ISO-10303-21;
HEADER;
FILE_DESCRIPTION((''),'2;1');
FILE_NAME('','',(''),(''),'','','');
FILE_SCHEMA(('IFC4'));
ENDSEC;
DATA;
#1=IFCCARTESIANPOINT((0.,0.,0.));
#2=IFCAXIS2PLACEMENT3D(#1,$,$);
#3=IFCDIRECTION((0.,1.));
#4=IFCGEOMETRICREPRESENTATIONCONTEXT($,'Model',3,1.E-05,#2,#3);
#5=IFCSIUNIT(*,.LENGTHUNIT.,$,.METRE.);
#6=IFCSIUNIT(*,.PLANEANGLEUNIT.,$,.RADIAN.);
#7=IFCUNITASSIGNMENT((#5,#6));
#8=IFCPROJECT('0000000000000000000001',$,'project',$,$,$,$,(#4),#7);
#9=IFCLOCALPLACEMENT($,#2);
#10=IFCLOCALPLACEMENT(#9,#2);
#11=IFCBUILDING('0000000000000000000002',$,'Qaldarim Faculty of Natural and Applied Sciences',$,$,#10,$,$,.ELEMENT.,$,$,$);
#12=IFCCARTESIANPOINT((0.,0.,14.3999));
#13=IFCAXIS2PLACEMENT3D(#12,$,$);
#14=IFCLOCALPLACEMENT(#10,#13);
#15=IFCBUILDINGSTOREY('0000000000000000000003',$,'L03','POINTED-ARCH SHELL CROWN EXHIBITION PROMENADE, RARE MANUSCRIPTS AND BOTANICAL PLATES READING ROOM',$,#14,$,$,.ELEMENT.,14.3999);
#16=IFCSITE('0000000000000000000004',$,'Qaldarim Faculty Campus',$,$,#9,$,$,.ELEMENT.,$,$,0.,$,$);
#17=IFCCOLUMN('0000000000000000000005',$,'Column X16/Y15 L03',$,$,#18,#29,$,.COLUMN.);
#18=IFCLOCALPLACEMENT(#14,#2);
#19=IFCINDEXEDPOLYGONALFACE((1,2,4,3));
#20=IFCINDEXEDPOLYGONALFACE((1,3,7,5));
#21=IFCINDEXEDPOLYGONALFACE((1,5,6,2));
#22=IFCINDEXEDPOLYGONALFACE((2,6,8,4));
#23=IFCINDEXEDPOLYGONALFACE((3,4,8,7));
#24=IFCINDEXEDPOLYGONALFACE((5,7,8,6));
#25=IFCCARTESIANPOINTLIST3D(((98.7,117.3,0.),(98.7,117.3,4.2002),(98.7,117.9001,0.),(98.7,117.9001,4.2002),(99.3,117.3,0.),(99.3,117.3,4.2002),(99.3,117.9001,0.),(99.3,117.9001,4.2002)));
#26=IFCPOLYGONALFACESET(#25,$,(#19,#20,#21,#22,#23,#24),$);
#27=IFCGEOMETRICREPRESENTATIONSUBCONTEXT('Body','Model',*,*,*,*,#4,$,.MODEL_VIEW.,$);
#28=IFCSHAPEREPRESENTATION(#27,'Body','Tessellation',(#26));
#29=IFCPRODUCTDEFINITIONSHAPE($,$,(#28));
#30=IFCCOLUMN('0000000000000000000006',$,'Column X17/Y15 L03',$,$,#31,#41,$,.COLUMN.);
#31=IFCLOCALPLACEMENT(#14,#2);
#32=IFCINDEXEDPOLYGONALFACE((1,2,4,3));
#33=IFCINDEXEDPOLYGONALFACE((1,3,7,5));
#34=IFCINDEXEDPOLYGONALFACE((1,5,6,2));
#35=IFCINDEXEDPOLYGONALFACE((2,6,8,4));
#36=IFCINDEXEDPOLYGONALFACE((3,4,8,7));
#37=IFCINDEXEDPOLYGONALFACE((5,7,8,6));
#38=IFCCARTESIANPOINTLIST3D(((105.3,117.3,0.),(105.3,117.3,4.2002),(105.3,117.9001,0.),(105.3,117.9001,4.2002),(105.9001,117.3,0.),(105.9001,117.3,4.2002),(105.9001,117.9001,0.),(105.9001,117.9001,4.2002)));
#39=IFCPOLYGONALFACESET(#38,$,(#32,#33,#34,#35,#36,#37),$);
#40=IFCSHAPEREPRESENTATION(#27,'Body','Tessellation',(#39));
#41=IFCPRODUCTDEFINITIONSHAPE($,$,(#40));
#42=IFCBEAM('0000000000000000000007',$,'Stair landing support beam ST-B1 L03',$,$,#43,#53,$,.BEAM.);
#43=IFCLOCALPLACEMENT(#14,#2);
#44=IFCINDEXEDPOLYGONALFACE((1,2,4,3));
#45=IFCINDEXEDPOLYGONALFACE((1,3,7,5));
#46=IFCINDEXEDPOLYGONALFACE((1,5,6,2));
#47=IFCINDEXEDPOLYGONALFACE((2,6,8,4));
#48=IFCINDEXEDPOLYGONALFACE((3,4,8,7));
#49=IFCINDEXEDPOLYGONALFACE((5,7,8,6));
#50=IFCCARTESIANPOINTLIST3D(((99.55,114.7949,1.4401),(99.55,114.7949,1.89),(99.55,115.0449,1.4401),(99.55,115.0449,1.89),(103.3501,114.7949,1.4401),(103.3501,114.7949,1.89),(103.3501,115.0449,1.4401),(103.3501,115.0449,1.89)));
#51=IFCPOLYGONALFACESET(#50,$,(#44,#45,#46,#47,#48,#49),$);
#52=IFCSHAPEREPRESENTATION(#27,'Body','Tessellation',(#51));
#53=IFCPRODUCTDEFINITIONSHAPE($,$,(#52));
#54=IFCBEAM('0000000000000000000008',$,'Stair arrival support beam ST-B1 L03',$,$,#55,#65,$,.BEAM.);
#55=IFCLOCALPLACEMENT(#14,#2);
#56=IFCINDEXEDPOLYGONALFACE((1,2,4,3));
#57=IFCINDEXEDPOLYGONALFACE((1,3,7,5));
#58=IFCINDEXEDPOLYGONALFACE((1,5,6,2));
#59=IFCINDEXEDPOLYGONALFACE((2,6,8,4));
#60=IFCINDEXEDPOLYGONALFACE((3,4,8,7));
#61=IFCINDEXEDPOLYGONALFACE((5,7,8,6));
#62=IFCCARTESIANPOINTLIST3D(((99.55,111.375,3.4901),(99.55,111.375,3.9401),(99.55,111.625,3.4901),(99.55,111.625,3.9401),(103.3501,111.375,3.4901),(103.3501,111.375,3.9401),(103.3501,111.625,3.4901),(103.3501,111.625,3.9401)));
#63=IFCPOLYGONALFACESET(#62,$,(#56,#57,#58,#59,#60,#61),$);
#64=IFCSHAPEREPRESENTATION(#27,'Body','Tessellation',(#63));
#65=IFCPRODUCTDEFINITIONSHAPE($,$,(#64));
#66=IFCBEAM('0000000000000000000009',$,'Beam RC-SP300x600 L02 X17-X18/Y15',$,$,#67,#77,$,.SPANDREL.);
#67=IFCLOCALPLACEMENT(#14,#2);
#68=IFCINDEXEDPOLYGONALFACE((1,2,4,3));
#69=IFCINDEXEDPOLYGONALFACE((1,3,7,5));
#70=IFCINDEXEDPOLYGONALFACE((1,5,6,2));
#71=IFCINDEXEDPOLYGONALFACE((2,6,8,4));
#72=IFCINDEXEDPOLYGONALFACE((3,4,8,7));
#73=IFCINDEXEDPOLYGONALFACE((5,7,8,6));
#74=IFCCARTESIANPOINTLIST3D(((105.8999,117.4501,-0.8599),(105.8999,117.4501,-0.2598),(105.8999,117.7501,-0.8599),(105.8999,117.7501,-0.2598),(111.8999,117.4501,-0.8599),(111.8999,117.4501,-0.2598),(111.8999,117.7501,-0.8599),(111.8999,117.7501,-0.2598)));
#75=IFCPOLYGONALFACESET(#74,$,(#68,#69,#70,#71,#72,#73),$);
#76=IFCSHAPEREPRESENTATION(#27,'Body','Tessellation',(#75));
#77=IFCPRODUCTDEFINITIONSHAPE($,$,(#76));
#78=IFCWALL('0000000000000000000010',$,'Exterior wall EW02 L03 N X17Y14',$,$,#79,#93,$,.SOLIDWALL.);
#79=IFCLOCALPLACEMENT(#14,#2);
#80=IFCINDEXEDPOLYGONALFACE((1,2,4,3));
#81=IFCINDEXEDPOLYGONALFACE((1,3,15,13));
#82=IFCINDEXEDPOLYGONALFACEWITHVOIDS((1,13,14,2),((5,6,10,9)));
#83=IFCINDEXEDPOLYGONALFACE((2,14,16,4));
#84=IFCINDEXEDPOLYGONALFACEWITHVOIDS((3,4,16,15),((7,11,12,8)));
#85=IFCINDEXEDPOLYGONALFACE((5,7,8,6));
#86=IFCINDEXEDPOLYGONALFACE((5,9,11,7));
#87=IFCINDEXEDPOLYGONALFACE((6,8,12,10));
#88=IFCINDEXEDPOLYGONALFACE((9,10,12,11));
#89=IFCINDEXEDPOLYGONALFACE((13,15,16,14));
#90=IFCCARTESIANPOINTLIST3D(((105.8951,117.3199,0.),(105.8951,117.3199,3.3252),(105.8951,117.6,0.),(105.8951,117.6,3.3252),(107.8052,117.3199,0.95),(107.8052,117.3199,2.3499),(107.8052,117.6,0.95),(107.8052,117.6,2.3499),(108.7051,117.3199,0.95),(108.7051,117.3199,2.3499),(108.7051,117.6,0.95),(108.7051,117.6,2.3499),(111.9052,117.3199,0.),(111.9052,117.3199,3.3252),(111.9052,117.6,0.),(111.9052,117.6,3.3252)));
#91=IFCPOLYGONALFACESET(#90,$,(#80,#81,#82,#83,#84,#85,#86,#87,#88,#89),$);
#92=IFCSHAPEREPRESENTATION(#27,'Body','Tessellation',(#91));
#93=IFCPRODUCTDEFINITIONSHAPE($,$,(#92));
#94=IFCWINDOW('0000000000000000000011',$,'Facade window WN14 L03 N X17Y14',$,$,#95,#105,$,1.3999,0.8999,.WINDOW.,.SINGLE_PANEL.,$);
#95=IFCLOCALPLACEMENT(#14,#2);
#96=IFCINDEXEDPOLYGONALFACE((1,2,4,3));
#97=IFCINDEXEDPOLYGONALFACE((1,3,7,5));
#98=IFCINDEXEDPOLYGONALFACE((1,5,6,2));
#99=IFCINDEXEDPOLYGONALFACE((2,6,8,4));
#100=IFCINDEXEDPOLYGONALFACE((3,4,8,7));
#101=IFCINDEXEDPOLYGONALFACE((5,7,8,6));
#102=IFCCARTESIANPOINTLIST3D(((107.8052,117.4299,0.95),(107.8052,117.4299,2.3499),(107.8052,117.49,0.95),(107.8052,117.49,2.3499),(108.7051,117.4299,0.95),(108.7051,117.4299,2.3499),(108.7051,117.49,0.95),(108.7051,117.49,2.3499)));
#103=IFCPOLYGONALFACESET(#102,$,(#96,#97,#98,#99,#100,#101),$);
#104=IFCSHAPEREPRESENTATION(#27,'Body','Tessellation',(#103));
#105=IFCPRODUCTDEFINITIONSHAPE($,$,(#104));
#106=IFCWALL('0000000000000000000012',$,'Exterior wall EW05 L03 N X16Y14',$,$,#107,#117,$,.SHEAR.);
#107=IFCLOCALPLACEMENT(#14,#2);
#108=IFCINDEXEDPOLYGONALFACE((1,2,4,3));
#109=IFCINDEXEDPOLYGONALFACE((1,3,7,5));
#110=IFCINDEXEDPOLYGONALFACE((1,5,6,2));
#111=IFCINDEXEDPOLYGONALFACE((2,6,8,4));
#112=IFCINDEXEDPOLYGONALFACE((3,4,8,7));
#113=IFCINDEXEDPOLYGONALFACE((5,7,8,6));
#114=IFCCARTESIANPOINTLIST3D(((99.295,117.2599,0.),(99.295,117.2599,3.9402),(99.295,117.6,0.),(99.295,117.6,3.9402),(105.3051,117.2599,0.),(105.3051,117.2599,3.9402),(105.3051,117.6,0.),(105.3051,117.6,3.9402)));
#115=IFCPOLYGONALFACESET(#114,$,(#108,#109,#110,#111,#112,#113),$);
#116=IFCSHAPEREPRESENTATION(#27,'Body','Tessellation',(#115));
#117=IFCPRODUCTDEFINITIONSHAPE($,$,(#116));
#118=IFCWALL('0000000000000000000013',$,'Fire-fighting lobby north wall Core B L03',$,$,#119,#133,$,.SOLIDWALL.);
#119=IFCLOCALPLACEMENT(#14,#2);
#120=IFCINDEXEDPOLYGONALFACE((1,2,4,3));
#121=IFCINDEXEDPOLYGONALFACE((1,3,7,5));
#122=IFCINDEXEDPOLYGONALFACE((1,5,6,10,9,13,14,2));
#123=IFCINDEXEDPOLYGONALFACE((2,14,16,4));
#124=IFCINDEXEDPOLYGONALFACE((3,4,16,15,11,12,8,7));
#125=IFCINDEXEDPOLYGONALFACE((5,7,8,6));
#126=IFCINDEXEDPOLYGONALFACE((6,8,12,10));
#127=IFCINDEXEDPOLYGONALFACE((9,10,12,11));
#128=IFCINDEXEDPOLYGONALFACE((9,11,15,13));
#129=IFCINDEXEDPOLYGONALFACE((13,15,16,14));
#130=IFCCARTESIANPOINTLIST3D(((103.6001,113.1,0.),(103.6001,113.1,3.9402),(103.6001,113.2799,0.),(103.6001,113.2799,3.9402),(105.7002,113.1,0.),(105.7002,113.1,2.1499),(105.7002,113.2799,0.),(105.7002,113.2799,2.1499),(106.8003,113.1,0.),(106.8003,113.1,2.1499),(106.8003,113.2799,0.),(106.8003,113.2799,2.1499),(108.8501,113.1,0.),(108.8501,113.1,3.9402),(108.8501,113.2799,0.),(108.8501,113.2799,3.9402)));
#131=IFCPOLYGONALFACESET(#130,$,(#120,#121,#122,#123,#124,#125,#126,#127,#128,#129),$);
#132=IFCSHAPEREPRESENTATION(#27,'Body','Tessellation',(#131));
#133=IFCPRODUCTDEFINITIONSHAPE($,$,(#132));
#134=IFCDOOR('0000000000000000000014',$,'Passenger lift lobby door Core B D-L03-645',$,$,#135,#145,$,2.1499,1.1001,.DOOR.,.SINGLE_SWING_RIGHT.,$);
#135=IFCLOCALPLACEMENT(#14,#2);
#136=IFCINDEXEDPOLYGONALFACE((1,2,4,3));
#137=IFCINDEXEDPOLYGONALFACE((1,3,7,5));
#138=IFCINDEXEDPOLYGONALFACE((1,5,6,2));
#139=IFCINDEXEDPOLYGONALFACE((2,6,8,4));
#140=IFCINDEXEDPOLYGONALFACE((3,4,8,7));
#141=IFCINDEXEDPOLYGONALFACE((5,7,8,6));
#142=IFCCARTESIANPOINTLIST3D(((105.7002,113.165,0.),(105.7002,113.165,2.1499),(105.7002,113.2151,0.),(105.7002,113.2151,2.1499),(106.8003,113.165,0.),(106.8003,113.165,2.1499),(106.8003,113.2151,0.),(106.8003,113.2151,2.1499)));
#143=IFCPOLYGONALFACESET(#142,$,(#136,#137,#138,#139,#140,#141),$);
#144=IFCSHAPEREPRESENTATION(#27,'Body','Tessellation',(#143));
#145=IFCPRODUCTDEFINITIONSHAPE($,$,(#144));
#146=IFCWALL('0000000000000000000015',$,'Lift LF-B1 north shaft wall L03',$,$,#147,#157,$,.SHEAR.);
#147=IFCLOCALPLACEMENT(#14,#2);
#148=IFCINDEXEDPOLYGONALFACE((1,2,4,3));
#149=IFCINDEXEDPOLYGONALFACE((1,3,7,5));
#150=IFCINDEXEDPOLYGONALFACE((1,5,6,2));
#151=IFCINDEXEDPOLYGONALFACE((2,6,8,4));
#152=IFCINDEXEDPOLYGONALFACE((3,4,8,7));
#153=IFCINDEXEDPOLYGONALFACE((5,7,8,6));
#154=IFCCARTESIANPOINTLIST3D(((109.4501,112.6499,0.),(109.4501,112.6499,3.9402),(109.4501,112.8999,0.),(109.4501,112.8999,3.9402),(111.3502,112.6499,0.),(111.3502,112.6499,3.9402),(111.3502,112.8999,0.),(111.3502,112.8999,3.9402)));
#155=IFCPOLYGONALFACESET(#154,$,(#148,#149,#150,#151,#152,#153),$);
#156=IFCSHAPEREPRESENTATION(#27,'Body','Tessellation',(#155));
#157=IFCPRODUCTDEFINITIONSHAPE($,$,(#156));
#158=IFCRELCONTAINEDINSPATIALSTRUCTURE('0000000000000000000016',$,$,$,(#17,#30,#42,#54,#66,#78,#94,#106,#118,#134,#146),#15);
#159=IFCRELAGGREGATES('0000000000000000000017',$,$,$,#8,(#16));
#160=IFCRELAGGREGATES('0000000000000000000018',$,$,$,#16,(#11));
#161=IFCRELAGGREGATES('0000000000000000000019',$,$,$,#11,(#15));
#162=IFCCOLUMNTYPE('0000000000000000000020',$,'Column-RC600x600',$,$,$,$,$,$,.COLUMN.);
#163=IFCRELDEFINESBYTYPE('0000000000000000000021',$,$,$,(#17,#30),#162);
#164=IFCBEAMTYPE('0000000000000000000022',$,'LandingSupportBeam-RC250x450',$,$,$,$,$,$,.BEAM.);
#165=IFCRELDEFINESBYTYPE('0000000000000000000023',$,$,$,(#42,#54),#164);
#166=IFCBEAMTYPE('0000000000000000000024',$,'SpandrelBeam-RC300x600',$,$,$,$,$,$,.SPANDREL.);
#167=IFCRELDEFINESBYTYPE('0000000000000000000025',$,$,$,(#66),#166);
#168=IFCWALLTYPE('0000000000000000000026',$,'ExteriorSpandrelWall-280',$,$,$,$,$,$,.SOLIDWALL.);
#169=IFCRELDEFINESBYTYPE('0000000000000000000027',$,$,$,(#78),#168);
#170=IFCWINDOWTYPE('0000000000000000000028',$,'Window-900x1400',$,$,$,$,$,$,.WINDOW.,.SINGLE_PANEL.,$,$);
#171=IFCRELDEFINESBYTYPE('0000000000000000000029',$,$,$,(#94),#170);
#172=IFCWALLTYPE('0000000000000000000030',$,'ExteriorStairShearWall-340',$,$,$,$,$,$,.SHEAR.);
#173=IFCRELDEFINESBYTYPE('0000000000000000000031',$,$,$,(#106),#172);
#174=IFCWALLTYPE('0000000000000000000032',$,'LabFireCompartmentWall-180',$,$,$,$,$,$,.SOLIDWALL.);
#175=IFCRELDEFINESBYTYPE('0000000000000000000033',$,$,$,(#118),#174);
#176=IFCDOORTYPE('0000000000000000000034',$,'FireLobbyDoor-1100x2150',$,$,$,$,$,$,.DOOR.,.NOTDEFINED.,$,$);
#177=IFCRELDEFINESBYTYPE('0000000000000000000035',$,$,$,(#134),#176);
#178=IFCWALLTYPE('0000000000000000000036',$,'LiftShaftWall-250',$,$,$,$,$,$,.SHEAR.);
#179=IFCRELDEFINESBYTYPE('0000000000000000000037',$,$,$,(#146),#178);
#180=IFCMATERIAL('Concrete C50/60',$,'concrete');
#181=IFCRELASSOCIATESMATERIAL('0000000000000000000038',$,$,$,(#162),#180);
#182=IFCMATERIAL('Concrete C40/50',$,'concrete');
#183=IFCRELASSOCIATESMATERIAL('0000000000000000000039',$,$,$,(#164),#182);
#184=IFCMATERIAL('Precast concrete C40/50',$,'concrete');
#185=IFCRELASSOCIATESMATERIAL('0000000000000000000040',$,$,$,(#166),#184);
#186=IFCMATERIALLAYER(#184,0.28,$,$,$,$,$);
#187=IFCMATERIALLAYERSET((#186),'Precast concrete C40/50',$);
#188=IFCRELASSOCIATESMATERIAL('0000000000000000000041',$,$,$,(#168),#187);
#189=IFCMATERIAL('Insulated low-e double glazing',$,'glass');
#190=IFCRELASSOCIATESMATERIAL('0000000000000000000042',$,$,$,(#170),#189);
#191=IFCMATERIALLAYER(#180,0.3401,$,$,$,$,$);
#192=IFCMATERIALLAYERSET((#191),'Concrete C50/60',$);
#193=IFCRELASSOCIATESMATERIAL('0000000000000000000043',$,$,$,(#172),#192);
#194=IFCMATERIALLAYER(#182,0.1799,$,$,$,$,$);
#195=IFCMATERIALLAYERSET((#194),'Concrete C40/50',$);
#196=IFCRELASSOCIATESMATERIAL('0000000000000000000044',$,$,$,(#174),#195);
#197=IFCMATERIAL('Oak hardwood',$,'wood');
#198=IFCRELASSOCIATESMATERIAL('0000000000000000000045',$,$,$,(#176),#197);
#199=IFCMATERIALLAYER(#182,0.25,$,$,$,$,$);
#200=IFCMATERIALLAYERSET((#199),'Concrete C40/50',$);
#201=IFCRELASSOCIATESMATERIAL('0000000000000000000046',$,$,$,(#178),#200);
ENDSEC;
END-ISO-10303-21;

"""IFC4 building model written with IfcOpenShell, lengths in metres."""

from ifc_helpers import new_model, si_unit, direction, frame, frame_2d, origin, origin_2d, place, context, subcontext, project, spatial, rectangle, extrude, material, layer, layer_set, material_profile, profile_set, type_object, element, fill, save


model = new_model("IFC4")

# Units and contexts
model_context = context("Model", 3, precision=1e-05, world=origin(), true_north=direction((0.0, 1.0)))
body_context = subcontext(model_context, "Body", "Model", "MODEL_VIEW")
ifc_project = project(units=[si_unit("LENGTHUNIT", "METRE"), si_unit("PLANEANGLEUNIT", "RADIAN")], contexts=[model_context])

# Site, building, storey
site_placement = place(None, origin())
site = spatial("IfcSite", under=ifc_project, at=site_placement, Name="Qaldarim Faculty Campus", CompositionType="ELEMENT", RefElevation=0.0)
building_placement = place(site_placement, origin())
building = spatial("IfcBuilding", under=site, at=building_placement, Name="Qaldarim Faculty of Natural and Applied Sciences", CompositionType="ELEMENT")
storey_placement = place(building_placement, frame((0.0, 0.0, 14.3999)))
storey = spatial("IfcBuildingStorey", under=building, at=storey_placement, Name="L03", Description="POINTED-ARCH SHELL CROWN EXHIBITION PROMENADE, RARE MANUSCRIPTS AND BOTANICAL PLATES READING ROOM", CompositionType="ELEMENT", Elevation=14.3999)

# Columns
ifc_material_1 = material(Name="Concrete C50/60", Category="concrete")
ifc_material_profile_1 = material_profile(ifc_material_1, rectangle(XDim=0.6001, YDim=0.6001, at=origin_2d()), Name="RC-C600x600")
ifc_profile_set_1 = profile_set([ifc_material_profile_1], Name="Concrete C50/60")
column_type = type_object("IfcColumnType", Name="Column-RC600x600", PredefinedType="COLUMN", material=ifc_profile_set_1)
for number, where, z_axis, x_axis, name in (
    (1, (99.0, 117.6001, 0.0), (0.0, 0.0, 1.0), (1.0, 0.0, 0.0), "Column X16/Y15 L03"),
    (2, (105.6001, 117.6001, 0.0), (0.0, 0.0, 1.0), (1.0, 0.0, 0.0), "Column X17/Y15 L03"),
):
    element("IfcColumn", number, at=place(storey_placement, frame(where, z_axis=z_axis, x_axis=x_axis)), inside=storey, type_object=column_type, Name=name, PredefinedType="COLUMN", context=body_context, shape_type="SweptSolid", body=[
        extrude(rectangle(XDim=0.6001, YDim=0.6001, at=origin_2d()), origin(), (0.0, 0.0, 1.0), 4.2002),
    ])

# Beams
ifc_material_2 = material(Name="Concrete C40/50", Category="concrete")
ifc_material_profile_2 = material_profile(ifc_material_2, rectangle(XDim=0.25, YDim=0.45, at=origin_2d()), Name="RC-LN250x450")
ifc_profile_set_2 = profile_set([ifc_material_profile_2], Name="Concrete C40/50")
beam_type_1 = type_object("IfcBeamType", Name="LandingSupportBeam-RC250x450", PredefinedType="BEAM", material=ifc_profile_set_2)
for number, where, z_axis, x_axis, name in (
    (3, (99.55, 114.9199, 1.665), (1.0, 0.0, 0.0), (0.0, 1.0, 0.0), "Stair landing support beam ST-B1 L03"),
    (4, (99.55, 111.5, 3.7151), (1.0, 0.0, 0.0), (0.0, 1.0, 0.0), "Stair arrival support beam ST-B1 L03"),
):
    element("IfcBeam", number, at=place(storey_placement, frame(where, z_axis=z_axis, x_axis=x_axis)), inside=storey, type_object=beam_type_1, Name=name, PredefinedType="BEAM", context=body_context, shape_type="SweptSolid", body=[
        extrude(rectangle(XDim=0.25, YDim=0.45, at=origin_2d()), origin(), (0.0, 0.0, 1.0), 3.8),
    ])
ifc_material_3 = material(Name="Precast concrete C40/50", Category="concrete")
ifc_material_profile_3 = material_profile(ifc_material_3, rectangle(XDim=0.3, YDim=0.6001, at=origin_2d()), Name="RC-SP300x600")
ifc_profile_set_3 = profile_set([ifc_material_profile_3], Name="Precast concrete C40/50")
beam_type_2 = type_object("IfcBeamType", Name="SpandrelBeam-RC300x600", PredefinedType="SPANDREL", material=ifc_profile_set_3)
beam_placement = place(storey_placement, frame((105.8999, 117.6001, -0.5598), z_axis=(1.0, 0.0, 0.0), x_axis=(0.0, 1.0, 0.0)))
element("IfcBeam", 5, at=beam_placement, inside=storey, type_object=beam_type_2, Name="Beam RC-SP300x600 L02 X17-X18/Y15", PredefinedType="SPANDREL", context=body_context, shape_type="SweptSolid", body=[
    extrude(rectangle(XDim=0.3, YDim=0.6001, at=origin_2d()), origin(), (0.0, 0.0, 1.0), 6.0),
])

# Wall, opening, window
ifc_layer_1 = layer(ifc_material_3, 0.28)
ifc_layer_set_1 = layer_set([ifc_layer_1], Name="Precast concrete C40/50")
wall_type_1 = type_object("IfcWallType", Name="ExteriorSpandrelWall-280", PredefinedType="SOLIDWALL", material=ifc_layer_set_1)
wall_1_placement = place(storey_placement, frame((111.905, 117.46, 0.0), z_axis=(0.0, 0.0, 1.0), x_axis=(-1.0, 0.0, 0.0)))
wall_1 = element("IfcWall", 6, at=wall_1_placement, inside=storey, type_object=wall_type_1, Name="Exterior wall EW02 L03 N X17Y14", PredefinedType="SOLIDWALL", context=body_context, shape_type="SweptSolid", body=[
    extrude(rectangle(XDim=6.01, YDim=0.28, at=frame_2d((3.0049, 0.0))), origin(), (0.0, 0.0, 1.0), 3.3252),
])
opening_1_placement = place(wall_1_placement, frame((3.2, 0.0, 0.95)))
opening_1 = element("IfcOpeningElement", 7, at=opening_1_placement, cuts=wall_1, PredefinedType="OPENING", context=body_context, shape_type="SweptSolid", body=[
    extrude(rectangle(XDim=0.8999, YDim=1.3999, at=frame_2d((0.45, 0.7))), frame((0.0, 0.1499, 0.0), z_axis=(0.0, -1.0, 0.0), x_axis=(1.0, 0.0, 0.0)), (0.0, 0.0, 1.0), 0.3),
])
ifc_material_4 = material(Name="Insulated low-e double glazing", Category="glass")
window_type = type_object("IfcWindowType", Name="Window-900x1400", PartitioningType="SINGLE_PANEL", PredefinedType="WINDOW", material=ifc_material_4)
window_placement = place(opening_1_placement, origin())
window = element("IfcWindow", 8, at=window_placement, inside=storey, type_object=window_type, Name="Facade window WN14 L03 N X17Y14", OverallHeight=1.3999, OverallWidth=0.8999, PartitioningType="SINGLE_PANEL", PredefinedType="WINDOW", context=body_context, shape_type="SweptSolid", body=[
    extrude(rectangle(XDim=0.8999, YDim=1.3999, at=frame_2d((0.45, 0.7))), frame((0.0, 0.03, 0.0), z_axis=(0.0, -1.0, 0.0), x_axis=(1.0, 0.0, 0.0)), (0.0, 0.0, 1.0), 0.0601),
])
fill(opening_1, window)

# Wall
ifc_layer_2 = layer(ifc_material_1, 0.3401)
ifc_layer_set_2 = layer_set([ifc_layer_2], Name="Concrete C50/60")
wall_type_2 = type_object("IfcWallType", Name="ExteriorStairShearWall-340", PredefinedType="SHEAR", material=ifc_layer_set_2)
wall_2_placement = place(storey_placement, frame((105.3049, 117.4299, 0.0), z_axis=(0.0, 0.0, 1.0), x_axis=(-1.0, 0.0, 0.0)))
element("IfcWall", 9, at=wall_2_placement, inside=storey, type_object=wall_type_2, Name="Exterior wall EW05 L03 N X16Y14", PredefinedType="SHEAR", context=body_context, shape_type="SweptSolid", body=[
    extrude(rectangle(XDim=6.01, YDim=0.3401, at=frame_2d((3.0049, 0.0))), origin(), (0.0, 0.0, 1.0), 3.9402),
])

# Wall, opening, door
ifc_layer_3 = layer(ifc_material_2, 0.1799)
ifc_layer_set_3 = layer_set([ifc_layer_3], Name="Concrete C40/50")
wall_type_3 = type_object("IfcWallType", Name="LabFireCompartmentWall-180", PredefinedType="SOLIDWALL", material=ifc_layer_set_3)
wall_3_placement = place(storey_placement, frame((103.6001, 113.1899, 0.0), z_axis=(0.0, 0.0, 1.0), x_axis=(1.0, 0.0, 0.0)))
wall_3 = element("IfcWall", 10, at=wall_3_placement, inside=storey, type_object=wall_type_3, Name="Fire-fighting lobby north wall Core B L03", PredefinedType="SOLIDWALL", context=body_context, shape_type="SweptSolid", body=[
    extrude(rectangle(XDim=5.25, YDim=0.1799, at=frame_2d((2.625, 0.0))), origin(), (0.0, 0.0, 1.0), 3.9402),
])
opening_2_placement = place(wall_3_placement, frame((2.1001, 0.0, 0.0)))
opening_2 = element("IfcOpeningElement", 11, at=opening_2_placement, cuts=wall_3, PredefinedType="OPENING", context=body_context, shape_type="SweptSolid", body=[
    extrude(rectangle(XDim=1.1001, YDim=2.1499, at=frame_2d((0.55, 1.075))), frame((0.0, 0.0999, 0.0), z_axis=(0.0, -1.0, 0.0), x_axis=(1.0, 0.0, 0.0)), (0.0, 0.0, 1.0), 0.2),
])
ifc_material_5 = material(Name="Oak hardwood", Category="wood")
door_type_1 = type_object("IfcDoorType", Name="FireLobbyDoor-1100x2150", OperationType="NOTDEFINED", PredefinedType="DOOR", material=ifc_material_5)
door_1_placement = place(opening_2_placement, frame((1.1001, 0.0, 0.0), z_axis=(0.0, 0.0, 1.0), x_axis=(-1.0, 0.0, 0.0)))
door_1 = element("IfcDoor", 12, at=door_1_placement, inside=storey, type_object=door_type_1, Name="Passenger lift lobby door Core B D-L03-645", OperationType="SINGLE_SWING_RIGHT", OverallHeight=2.1499, OverallWidth=1.1001, PredefinedType="DOOR", context=body_context, shape_type="SweptSolid", body=[
    extrude(rectangle(XDim=1.1001, YDim=2.1499, at=frame_2d((0.55, 1.075))), frame((0.0, 0.0249, 0.0), z_axis=(0.0, -1.0, 0.0), x_axis=(1.0, 0.0, 0.0)), (0.0, 0.0, 1.0), 0.05),
])
fill(opening_2, door_1)

# Wall
ifc_layer_4 = layer(ifc_material_2, 0.25)
ifc_layer_set_4 = layer_set([ifc_layer_4], Name="Concrete C40/50")
wall_type_4 = type_object("IfcWallType", Name="LiftShaftWall-250", PredefinedType="SHEAR", material=ifc_layer_set_4)
wall_4_placement = place(storey_placement, frame((109.45, 112.7749, 0.0), z_axis=(0.0, 0.0, 1.0), x_axis=(1.0, 0.0, 0.0)))
element("IfcWall", 13, at=wall_4_placement, inside=storey, type_object=wall_type_4, Name="Lift LF-B1 north shaft wall L03", PredefinedType="SHEAR", context=body_context, shape_type="SweptSolid", body=[
    extrude(rectangle(XDim=1.9001, YDim=0.25, at=frame_2d((0.9502, 0.0))), origin(), (0.0, 0.0, 1.0), 3.9402),
])

save(model, "model.ifc")
